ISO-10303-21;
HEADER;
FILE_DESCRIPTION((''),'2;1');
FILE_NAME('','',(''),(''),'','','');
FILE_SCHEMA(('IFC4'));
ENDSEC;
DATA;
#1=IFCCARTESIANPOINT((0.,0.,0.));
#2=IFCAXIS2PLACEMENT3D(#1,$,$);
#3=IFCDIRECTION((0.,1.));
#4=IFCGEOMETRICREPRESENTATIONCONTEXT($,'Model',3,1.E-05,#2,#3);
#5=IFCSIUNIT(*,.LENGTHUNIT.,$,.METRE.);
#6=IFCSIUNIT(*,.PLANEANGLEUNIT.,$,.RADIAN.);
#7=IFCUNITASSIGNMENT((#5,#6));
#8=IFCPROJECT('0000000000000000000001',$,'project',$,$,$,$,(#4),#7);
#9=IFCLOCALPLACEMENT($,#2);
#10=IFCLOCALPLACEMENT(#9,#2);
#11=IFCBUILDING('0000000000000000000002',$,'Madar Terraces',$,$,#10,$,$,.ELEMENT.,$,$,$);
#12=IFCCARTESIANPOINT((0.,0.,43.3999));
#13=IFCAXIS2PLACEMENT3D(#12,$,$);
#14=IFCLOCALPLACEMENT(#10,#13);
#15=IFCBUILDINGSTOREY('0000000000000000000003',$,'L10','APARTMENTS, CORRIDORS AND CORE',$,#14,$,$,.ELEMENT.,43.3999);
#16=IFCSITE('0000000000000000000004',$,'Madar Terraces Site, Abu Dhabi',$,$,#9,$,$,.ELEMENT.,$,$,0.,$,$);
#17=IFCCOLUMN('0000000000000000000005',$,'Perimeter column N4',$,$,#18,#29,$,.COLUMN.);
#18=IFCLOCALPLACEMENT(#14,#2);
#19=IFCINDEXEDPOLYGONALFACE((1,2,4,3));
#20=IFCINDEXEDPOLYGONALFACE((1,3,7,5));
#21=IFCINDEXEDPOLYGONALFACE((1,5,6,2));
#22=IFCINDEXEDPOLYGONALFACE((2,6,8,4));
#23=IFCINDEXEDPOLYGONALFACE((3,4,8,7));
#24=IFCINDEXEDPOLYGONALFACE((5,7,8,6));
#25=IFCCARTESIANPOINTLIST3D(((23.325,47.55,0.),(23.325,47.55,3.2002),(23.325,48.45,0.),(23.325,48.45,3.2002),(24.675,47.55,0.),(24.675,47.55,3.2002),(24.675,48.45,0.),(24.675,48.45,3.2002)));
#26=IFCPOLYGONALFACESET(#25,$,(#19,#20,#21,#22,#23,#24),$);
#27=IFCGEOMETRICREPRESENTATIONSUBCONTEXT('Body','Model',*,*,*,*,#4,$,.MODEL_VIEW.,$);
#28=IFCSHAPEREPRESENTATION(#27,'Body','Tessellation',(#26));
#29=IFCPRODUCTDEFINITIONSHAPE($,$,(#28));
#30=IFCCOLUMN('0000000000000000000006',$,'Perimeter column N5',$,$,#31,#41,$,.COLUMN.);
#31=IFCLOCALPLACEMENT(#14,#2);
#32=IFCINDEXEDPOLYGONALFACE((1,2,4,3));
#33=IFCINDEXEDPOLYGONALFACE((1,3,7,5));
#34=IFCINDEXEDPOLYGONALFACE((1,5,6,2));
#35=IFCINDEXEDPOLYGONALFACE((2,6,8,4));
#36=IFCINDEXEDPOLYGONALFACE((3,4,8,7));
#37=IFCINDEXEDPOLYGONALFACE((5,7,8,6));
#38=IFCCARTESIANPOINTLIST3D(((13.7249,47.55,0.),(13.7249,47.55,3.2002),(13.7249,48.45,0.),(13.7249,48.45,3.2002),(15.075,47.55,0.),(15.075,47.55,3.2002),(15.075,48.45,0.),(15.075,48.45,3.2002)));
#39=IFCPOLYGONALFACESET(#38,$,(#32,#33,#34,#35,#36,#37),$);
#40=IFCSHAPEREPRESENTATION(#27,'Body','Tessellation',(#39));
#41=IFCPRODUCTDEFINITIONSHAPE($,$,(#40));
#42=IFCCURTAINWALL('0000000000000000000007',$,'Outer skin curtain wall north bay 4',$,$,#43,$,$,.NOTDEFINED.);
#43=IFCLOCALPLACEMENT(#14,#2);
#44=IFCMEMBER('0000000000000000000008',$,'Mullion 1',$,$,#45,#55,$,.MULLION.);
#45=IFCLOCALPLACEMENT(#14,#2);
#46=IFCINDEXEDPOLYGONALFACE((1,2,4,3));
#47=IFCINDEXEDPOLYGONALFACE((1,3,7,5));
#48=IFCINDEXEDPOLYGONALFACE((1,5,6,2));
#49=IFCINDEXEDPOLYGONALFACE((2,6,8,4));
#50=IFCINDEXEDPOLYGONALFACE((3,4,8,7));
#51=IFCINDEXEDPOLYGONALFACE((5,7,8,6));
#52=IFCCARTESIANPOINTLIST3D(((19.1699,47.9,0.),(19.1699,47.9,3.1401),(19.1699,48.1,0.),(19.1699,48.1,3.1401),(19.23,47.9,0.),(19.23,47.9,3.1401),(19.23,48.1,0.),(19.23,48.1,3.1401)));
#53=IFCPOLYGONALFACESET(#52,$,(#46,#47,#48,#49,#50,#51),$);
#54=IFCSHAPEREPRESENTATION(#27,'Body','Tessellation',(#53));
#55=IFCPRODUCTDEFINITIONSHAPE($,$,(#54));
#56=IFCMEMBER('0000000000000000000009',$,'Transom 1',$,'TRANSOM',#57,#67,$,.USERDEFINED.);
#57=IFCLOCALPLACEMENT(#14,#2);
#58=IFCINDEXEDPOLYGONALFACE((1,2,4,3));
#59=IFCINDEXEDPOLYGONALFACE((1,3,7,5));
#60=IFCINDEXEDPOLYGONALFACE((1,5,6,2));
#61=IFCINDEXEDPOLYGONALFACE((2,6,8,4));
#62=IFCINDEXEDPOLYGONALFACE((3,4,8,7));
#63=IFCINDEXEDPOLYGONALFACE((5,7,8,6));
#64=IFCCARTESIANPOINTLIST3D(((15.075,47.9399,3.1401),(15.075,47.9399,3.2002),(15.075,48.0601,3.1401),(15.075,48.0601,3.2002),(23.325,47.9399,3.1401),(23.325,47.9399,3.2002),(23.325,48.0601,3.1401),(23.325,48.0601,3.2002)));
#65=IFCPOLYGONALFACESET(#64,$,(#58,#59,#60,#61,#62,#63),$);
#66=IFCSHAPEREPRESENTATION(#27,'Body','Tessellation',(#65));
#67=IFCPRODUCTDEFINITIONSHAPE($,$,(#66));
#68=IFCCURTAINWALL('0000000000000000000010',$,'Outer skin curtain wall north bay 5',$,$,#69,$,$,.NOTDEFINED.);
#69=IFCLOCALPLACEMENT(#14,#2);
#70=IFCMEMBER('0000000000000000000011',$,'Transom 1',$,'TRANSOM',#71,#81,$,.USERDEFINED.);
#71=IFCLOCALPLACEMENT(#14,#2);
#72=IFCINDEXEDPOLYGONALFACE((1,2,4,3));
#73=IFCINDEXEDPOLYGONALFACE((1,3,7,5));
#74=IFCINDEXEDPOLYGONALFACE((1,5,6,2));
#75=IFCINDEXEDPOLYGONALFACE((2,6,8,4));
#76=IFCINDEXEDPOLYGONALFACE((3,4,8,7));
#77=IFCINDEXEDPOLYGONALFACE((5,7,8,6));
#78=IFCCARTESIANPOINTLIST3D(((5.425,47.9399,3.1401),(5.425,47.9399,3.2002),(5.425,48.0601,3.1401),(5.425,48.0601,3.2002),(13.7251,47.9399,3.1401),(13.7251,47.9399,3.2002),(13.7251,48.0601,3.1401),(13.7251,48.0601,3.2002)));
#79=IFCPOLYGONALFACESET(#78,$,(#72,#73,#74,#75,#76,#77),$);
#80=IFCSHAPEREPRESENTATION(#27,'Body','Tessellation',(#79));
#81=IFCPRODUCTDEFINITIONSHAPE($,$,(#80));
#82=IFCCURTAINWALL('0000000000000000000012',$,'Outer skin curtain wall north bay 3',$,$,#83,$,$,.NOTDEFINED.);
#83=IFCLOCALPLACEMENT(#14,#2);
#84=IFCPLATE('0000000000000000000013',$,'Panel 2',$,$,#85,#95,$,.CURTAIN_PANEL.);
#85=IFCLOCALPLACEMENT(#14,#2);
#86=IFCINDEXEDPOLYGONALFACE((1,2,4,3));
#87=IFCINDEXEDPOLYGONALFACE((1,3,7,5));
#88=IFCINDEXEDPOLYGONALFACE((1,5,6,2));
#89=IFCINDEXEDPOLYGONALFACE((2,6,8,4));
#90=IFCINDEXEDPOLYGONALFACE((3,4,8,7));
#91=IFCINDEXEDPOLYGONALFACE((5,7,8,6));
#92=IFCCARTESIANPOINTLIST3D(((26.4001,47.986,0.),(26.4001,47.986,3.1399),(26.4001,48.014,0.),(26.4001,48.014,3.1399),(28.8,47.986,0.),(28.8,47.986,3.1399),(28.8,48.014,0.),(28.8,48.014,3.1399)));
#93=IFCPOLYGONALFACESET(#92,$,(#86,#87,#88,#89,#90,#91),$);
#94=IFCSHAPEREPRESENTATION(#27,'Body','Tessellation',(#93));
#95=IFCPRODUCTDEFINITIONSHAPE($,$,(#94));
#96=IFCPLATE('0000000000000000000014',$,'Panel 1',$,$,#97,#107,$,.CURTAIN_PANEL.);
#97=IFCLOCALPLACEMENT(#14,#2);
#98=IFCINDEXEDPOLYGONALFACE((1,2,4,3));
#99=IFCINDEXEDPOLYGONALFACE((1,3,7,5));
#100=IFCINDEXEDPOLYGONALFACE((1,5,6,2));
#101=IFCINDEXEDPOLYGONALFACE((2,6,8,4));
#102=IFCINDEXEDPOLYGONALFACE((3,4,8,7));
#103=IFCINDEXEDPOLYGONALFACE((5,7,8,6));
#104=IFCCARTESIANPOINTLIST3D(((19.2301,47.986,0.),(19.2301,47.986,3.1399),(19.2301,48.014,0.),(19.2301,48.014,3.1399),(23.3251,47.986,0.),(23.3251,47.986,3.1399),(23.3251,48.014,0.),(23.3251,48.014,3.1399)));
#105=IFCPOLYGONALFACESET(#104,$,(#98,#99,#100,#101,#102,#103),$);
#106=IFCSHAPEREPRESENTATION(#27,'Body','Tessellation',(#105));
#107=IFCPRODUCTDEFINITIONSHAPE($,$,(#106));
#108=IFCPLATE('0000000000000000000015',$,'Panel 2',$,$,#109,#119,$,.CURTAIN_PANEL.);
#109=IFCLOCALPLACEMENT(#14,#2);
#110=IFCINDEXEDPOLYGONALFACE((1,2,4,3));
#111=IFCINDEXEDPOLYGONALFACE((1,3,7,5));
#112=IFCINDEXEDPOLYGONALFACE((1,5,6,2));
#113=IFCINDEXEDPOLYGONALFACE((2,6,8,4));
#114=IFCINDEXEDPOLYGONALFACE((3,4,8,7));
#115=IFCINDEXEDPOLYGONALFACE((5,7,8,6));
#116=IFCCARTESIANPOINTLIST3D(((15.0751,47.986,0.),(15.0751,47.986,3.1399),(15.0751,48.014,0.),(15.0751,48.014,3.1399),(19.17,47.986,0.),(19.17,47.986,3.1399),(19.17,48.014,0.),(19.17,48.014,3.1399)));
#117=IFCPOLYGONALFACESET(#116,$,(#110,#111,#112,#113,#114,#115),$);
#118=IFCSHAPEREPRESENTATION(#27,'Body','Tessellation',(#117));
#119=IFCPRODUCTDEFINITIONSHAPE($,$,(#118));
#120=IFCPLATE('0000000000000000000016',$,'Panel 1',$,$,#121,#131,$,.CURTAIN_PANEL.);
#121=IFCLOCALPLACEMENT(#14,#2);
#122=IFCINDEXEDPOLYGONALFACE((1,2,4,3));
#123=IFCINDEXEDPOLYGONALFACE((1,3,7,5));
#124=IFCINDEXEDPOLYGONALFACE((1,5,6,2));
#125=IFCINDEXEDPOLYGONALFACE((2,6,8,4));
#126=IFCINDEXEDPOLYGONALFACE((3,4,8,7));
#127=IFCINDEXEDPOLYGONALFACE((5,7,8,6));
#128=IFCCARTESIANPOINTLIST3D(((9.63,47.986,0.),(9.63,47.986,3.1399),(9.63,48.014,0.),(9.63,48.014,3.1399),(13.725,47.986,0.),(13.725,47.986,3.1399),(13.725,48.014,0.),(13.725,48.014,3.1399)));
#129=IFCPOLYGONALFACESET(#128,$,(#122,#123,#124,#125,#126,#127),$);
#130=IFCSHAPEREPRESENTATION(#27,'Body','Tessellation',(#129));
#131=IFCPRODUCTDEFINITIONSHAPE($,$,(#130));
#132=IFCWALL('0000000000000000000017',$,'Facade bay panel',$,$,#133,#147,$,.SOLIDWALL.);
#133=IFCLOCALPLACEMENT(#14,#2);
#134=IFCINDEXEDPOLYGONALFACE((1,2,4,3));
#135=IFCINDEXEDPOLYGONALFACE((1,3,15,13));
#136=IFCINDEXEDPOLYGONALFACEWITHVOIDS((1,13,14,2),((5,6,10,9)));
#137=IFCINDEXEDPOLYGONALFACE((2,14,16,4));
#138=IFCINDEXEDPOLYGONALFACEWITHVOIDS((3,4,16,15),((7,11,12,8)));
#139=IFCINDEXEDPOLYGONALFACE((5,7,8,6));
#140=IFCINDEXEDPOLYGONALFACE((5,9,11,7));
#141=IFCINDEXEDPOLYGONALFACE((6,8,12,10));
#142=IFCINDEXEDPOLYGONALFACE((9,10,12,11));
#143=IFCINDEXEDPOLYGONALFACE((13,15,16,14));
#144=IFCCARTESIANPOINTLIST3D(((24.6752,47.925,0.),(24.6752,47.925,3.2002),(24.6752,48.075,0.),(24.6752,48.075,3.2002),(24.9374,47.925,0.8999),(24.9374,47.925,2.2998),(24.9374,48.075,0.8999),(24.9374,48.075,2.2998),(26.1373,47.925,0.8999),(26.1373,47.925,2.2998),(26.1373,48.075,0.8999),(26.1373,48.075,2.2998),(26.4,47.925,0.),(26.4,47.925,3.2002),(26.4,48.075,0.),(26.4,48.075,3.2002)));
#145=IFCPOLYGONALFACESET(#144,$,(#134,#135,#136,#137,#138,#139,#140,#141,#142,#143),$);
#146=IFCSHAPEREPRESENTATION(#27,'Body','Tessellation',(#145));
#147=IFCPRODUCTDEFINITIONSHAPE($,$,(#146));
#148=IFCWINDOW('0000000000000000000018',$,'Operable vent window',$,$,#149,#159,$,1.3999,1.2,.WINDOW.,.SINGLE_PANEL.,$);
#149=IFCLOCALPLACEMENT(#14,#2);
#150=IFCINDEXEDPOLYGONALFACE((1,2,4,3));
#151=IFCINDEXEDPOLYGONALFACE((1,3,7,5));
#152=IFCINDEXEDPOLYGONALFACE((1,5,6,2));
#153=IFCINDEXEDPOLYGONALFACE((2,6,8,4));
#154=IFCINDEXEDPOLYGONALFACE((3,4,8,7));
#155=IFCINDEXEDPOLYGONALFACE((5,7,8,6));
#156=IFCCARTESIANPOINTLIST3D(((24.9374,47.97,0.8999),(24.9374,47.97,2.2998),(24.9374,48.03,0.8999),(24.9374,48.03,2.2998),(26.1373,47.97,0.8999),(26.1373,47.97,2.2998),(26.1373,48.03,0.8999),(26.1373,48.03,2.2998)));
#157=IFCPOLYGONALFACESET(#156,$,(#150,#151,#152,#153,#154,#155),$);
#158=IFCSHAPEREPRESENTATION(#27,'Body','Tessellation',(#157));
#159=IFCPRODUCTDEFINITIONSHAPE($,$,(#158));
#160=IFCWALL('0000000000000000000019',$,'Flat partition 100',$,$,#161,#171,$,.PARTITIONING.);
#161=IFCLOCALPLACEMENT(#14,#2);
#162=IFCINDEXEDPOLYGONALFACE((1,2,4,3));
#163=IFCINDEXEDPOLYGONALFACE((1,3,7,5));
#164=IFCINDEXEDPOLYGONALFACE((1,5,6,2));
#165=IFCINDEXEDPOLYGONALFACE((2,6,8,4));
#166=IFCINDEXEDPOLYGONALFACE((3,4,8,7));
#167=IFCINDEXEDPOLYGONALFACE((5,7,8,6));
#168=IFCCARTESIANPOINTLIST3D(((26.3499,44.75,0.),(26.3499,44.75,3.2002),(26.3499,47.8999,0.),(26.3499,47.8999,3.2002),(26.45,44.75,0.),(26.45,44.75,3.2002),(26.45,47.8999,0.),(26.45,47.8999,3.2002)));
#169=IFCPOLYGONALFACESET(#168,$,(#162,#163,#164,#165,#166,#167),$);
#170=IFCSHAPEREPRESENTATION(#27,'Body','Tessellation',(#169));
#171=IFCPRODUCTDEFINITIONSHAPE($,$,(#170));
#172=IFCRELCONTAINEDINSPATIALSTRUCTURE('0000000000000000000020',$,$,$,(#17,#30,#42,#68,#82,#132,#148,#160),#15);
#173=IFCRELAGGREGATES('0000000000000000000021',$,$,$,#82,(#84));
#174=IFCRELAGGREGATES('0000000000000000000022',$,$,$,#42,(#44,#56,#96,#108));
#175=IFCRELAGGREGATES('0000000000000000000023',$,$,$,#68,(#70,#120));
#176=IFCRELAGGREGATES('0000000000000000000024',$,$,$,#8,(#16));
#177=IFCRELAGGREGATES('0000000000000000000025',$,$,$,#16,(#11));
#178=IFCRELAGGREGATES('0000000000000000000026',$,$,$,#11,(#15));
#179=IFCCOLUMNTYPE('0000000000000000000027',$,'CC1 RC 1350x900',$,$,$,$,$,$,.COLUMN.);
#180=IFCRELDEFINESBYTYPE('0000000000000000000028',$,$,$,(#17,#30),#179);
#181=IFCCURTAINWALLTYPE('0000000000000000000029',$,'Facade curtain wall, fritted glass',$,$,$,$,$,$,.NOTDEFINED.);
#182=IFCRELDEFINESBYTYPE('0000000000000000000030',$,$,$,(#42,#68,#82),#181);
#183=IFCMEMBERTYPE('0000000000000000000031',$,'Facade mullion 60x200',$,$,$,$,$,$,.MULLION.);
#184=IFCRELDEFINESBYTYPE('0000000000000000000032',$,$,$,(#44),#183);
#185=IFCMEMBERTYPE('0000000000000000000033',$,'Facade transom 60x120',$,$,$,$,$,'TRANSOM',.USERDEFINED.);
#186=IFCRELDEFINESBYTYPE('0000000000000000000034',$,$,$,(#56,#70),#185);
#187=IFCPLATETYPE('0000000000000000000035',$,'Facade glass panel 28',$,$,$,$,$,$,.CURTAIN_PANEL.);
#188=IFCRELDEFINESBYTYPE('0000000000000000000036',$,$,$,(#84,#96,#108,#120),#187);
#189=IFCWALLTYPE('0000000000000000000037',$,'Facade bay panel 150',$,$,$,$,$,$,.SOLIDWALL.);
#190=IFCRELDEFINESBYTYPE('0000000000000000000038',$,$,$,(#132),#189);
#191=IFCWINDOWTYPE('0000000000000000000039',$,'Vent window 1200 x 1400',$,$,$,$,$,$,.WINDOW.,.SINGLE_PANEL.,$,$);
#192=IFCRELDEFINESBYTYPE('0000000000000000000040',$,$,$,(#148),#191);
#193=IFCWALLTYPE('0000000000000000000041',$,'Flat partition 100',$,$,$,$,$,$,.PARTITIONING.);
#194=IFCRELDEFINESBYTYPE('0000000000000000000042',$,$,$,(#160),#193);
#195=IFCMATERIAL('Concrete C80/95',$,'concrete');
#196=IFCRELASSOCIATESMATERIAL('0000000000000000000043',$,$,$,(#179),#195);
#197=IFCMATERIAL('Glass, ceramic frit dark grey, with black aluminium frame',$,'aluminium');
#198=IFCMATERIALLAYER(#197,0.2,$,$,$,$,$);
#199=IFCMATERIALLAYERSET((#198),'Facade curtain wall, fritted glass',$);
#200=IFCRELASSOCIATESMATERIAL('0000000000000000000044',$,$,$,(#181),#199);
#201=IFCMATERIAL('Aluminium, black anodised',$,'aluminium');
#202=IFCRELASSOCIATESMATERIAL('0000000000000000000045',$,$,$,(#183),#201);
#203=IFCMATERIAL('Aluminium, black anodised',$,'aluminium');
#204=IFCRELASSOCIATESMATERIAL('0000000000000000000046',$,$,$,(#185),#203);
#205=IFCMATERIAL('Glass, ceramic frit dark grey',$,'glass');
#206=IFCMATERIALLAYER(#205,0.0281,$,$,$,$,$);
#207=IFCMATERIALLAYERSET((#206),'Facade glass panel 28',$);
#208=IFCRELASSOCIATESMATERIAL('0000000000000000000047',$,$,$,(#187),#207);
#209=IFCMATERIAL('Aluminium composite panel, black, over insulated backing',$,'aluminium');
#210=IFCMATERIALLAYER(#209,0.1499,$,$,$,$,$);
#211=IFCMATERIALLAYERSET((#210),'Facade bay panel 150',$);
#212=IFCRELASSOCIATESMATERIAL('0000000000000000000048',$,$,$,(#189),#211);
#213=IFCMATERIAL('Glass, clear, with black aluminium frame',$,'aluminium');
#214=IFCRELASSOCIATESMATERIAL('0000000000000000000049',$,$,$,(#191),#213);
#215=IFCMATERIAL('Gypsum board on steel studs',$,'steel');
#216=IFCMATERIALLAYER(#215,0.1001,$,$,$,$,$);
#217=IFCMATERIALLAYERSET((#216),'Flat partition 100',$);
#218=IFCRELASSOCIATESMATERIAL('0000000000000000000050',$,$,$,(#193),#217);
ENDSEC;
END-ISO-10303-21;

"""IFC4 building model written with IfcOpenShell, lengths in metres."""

from ifc_helpers import new_model, si_unit, direction, frame, frame_2d, origin, origin_2d, place, context, subcontext, project, spatial, rectangle, extrude, material, layer, layer_set, material_profile, profile_set, type_object, element, fill, aggregate, save


model = new_model("IFC4")

# Units and contexts
model_context = context("Model", 3, precision=1e-05, world=origin(), true_north=direction((0.0, 1.0)))
body_context = subcontext(model_context, "Body", "Model", "MODEL_VIEW")
ifc_project = project(units=[si_unit("LENGTHUNIT", "METRE"), si_unit("PLANEANGLEUNIT", "RADIAN")], contexts=[model_context])

# Site, building, storey
site_placement = place(None, origin())
site = spatial("IfcSite", under=ifc_project, at=site_placement, Name="Madar Terraces Site, Abu Dhabi", CompositionType="ELEMENT", RefElevation=0.0)
building_placement = place(site_placement, origin())
building = spatial("IfcBuilding", under=site, at=building_placement, Name="Madar Terraces", CompositionType="ELEMENT")
storey_placement = place(building_placement, frame((0.0, 0.0, 43.3999)))
storey = spatial("IfcBuildingStorey", under=building, at=storey_placement, Name="L10", Description="APARTMENTS, CORRIDORS AND CORE", CompositionType="ELEMENT", Elevation=43.3999)

# Columns
ifc_material_1 = material(Name="Concrete C80/95", Category="concrete")
ifc_material_profile_1 = material_profile(ifc_material_1, rectangle(XDim=1.3501, YDim=0.8999, at=origin_2d()), Name="CC1 RC 1350x900")
ifc_profile_set_1 = profile_set([ifc_material_profile_1], Name="Concrete C80/95")
column_type = type_object("IfcColumnType", Name="CC1 RC 1350x900", PredefinedType="COLUMN", material=ifc_profile_set_1)
for number, where, z_axis, x_axis, name in (
    (1, (24.0, 48.0, 0.0), (0.0, 0.0, 1.0), (1.0, 0.0, 0.0), "Perimeter column N4"),
    (2, (14.3999, 48.0, 0.0), (0.0, 0.0, 1.0), (1.0, 0.0, 0.0), "Perimeter column N5"),
):
    element("IfcColumn", number, at=place(storey_placement, frame(where, z_axis=z_axis, x_axis=x_axis)), inside=storey, type_object=column_type, Name=name, PredefinedType="COLUMN", context=body_context, shape_type="SweptSolid", body=[
        extrude(rectangle(XDim=1.3501, YDim=0.8999, at=origin_2d()), origin(), (0.0, 0.0, 1.0), 3.2002),
    ])

# Curtain wall, members
ifc_material_2 = material(Name="Glass, ceramic frit dark grey, with black aluminium frame", Category="aluminium")
ifc_layer_1 = layer(ifc_material_2, 0.2)
ifc_layer_set_1 = layer_set([ifc_layer_1], Name="Facade curtain wall, fritted glass")
curtain_wall_type = type_object("IfcCurtainWallType", Name="Facade curtain wall, fritted glass", PredefinedType="NOTDEFINED", material=ifc_layer_set_1)
curtain_wall_1_placement = place(storey_placement, origin())
curtain_wall_1 = element("IfcCurtainWall", 3, at=curtain_wall_1_placement, inside=storey, type_object=curtain_wall_type, Name="Outer skin curtain wall north bay 4", PredefinedType="NOTDEFINED")
ifc_material_3 = material(Name="Aluminium, black anodised", Category="aluminium")
ifc_material_profile_2 = material_profile(ifc_material_3, rectangle(XDim=0.2, YDim=0.0601, at=origin_2d()), Name="Facade mullion 60x200")
ifc_profile_set_2 = profile_set([ifc_material_profile_2], Name="Aluminium, black anodised")
member_type_1 = type_object("IfcMemberType", Name="Facade mullion 60x200", PredefinedType="MULLION", material=ifc_profile_set_2)
member_1_placement = place(storey_placement, frame((19.2, 48.0, 0.0), z_axis=(0.0, 0.0, 1.0), x_axis=(0.0, -1.0, 0.0)))
member_1 = element("IfcMember", 4, at=member_1_placement, type_object=member_type_1, Name="Mullion 1", PredefinedType="MULLION", context=body_context, shape_type="SweptSolid", body=[
    extrude(rectangle(XDim=0.2, YDim=0.0601, at=origin_2d()), origin(), (0.0, 0.0, 1.0), 3.1401),
])
ifc_material_4 = material(Name="Aluminium, black anodised", Category="aluminium")
ifc_material_profile_3 = material_profile(ifc_material_4, rectangle(XDim=0.1201, YDim=0.0601, at=origin_2d()), Name="Facade transom 60x120")
ifc_profile_set_3 = profile_set([ifc_material_profile_3], Name="Aluminium, black anodised")
member_type_2 = type_object("IfcMemberType", Name="Facade transom 60x120", ElementType="TRANSOM", PredefinedType="USERDEFINED", material=ifc_profile_set_3)
member_2_placement = place(storey_placement, frame((23.325, 48.0, 3.1702), z_axis=(-1.0, 0.0, 0.0), x_axis=(0.0, -1.0, 0.0)))
member_2 = element("IfcMember", 5, at=member_2_placement, type_object=member_type_2, Name="Transom 1", ObjectType="TRANSOM", PredefinedType="USERDEFINED", context=body_context, shape_type="SweptSolid", body=[
    extrude(rectangle(XDim=0.1201, YDim=0.0601, at=origin_2d()), origin(), (0.0, 0.0, 1.0), 8.25),
])

# Curtain wall, member
curtain_wall_2_placement = place(storey_placement, origin())
curtain_wall_2 = element("IfcCurtainWall", 6, at=curtain_wall_2_placement, inside=storey, type_object=curtain_wall_type, Name="Outer skin curtain wall north bay 5", PredefinedType="NOTDEFINED")
member_3_placement = place(storey_placement, frame((13.7251, 48.0, 3.1702), z_axis=(-1.0, 0.0, 0.0), x_axis=(0.0, -1.0, 0.0)))
member_3 = element("IfcMember", 7, at=member_3_placement, type_object=member_type_2, Name="Transom 1", ObjectType="TRANSOM", PredefinedType="USERDEFINED", context=body_context, shape_type="SweptSolid", body=[
    extrude(rectangle(XDim=0.1201, YDim=0.0601, at=origin_2d()), origin(), (0.0, 0.0, 1.0), 8.3),
])

# Curtain wall, plate
curtain_wall_3_placement = place(storey_placement, origin())
curtain_wall_3 = element("IfcCurtainWall", 8, at=curtain_wall_3_placement, inside=storey, type_object=curtain_wall_type, Name="Outer skin curtain wall north bay 3", PredefinedType="NOTDEFINED")
ifc_material_5 = material(Name="Glass, ceramic frit dark grey", Category="glass")
ifc_layer_2 = layer(ifc_material_5, 0.0281)
ifc_layer_set_2 = layer_set([ifc_layer_2], Name="Facade glass panel 28")
plate_type = type_object("IfcPlateType", Name="Facade glass panel 28", PredefinedType="CURTAIN_PANEL", material=ifc_layer_set_2)
plate_1_placement = place(storey_placement, frame((27.6001, 48.0, 0.0), z_axis=(0.0, 0.0, 1.0), x_axis=(-1.0, 0.0, 0.0)))
plate_1 = element("IfcPlate", 9, at=plate_1_placement, type_object=plate_type, Name="Panel 2", PredefinedType="CURTAIN_PANEL", context=body_context, shape_type="SweptSolid", body=[
    extrude(rectangle(XDim=2.3999, YDim=0.0281, at=origin_2d()), origin(), (0.0, 0.0, 1.0), 3.1399),
])
aggregate(curtain_wall_3, [plate_1])

# Plates
plate_2_placement = place(storey_placement, frame((21.2776, 48.0, 0.0), z_axis=(0.0, 0.0, 1.0), x_axis=(-1.0, 0.0, 0.0)))
plate_2 = element("IfcPlate", 10, at=plate_2_placement, type_object=plate_type, Name="Panel 1", PredefinedType="CURTAIN_PANEL", context=body_context, shape_type="SweptSolid", body=[
    extrude(rectangle(XDim=4.095, YDim=0.0281, at=origin_2d()), origin(), (0.0, 0.0, 1.0), 3.1399),
])
plate_3_placement = place(storey_placement, frame((17.1226, 48.0, 0.0), z_axis=(0.0, 0.0, 1.0), x_axis=(-1.0, 0.0, 0.0)))
plate_3 = element("IfcPlate", 11, at=plate_3_placement, type_object=plate_type, Name="Panel 2", PredefinedType="CURTAIN_PANEL", context=body_context, shape_type="SweptSolid", body=[
    extrude(rectangle(XDim=4.095, YDim=0.0281, at=origin_2d()), origin(), (0.0, 0.0, 1.0), 3.1399),
])
aggregate(curtain_wall_1, [member_1, member_2, plate_2, plate_3])
plate_4_placement = place(storey_placement, frame((11.6775, 48.0, 0.0), z_axis=(0.0, 0.0, 1.0), x_axis=(-1.0, 0.0, 0.0)))
plate_4 = element("IfcPlate", 12, at=plate_4_placement, type_object=plate_type, Name="Panel 1", PredefinedType="CURTAIN_PANEL", context=body_context, shape_type="SweptSolid", body=[
    extrude(rectangle(XDim=4.095, YDim=0.0281, at=origin_2d()), origin(), (0.0, 0.0, 1.0), 3.1399),
])
aggregate(curtain_wall_2, [member_3, plate_4])

# Wall, opening, window
ifc_material_6 = material(Name="Aluminium composite panel, black, over insulated backing", Category="aluminium")
ifc_layer_3 = layer(ifc_material_6, 0.1499)
ifc_layer_set_3 = layer_set([ifc_layer_3], Name="Facade bay panel 150")
wall_type_1 = type_object("IfcWallType", Name="Facade bay panel 150", PredefinedType="SOLIDWALL", material=ifc_layer_set_3)
wall_1_placement = place(storey_placement, frame((26.3999, 48.0, 0.0), z_axis=(0.0, 0.0, 1.0), x_axis=(-1.0, 0.0, 0.0)))
wall_1 = element("IfcWall", 13, at=wall_1_placement, inside=storey, type_object=wall_type_1, Name="Facade bay panel", PredefinedType="SOLIDWALL", context=body_context, shape_type="SweptSolid", body=[
    extrude(rectangle(XDim=1.7249, YDim=0.1499, at=frame_2d((0.8623, 0.0))), origin(), (0.0, 0.0, 1.0), 3.2002),
])
opening_1_placement = place(wall_1_placement, frame((0.2625, 0.0, 0.8999)))
opening_1 = element("IfcOpeningElement", 14, at=opening_1_placement, cuts=wall_1, PredefinedType="OPENING", context=body_context, shape_type="SweptSolid", body=[
    extrude(rectangle(XDim=1.2, YDim=1.3999, at=frame_2d((0.6001, 0.7))), frame((0.0, 0.085, 0.0), z_axis=(0.0, -1.0, 0.0), x_axis=(1.0, 0.0, 0.0)), (0.0, 0.0, 1.0), 0.1699),
])
ifc_material_7 = material(Name="Glass, clear, with black aluminium frame", Category="aluminium")
window_type = type_object("IfcWindowType", Name="Vent window 1200 x 1400", PartitioningType="SINGLE_PANEL", PredefinedType="WINDOW", material=ifc_material_7)
window_placement = place(opening_1_placement, origin())
window = element("IfcWindow", 15, at=window_placement, inside=storey, type_object=window_type, Name="Operable vent window", OverallHeight=1.3999, OverallWidth=1.2, PartitioningType="SINGLE_PANEL", PredefinedType="WINDOW", context=body_context, shape_type="SweptSolid", body=[
    extrude(rectangle(XDim=1.2, YDim=1.3999, at=frame_2d((0.6001, 0.7))), frame((0.0, 0.03, 0.0), z_axis=(0.0, -1.0, 0.0), x_axis=(1.0, 0.0, 0.0)), (0.0, 0.0, 1.0), 0.0601),
])
fill(opening_1, window)

# Wall
ifc_material_8 = material(Name="Gypsum board on steel studs", Category="steel")
ifc_layer_4 = layer(ifc_material_8, 0.1001)
ifc_layer_set_4 = layer_set([ifc_layer_4], Name="Flat partition 100")
wall_type_2 = type_object("IfcWallType", Name="Flat partition 100", PredefinedType="PARTITIONING", material=ifc_layer_set_4)
wall_2_placement = place(storey_placement, frame((26.3999, 44.75, 0.0), z_axis=(0.0, 0.0, 1.0), x_axis=(0.0, 1.0, 0.0)))
element("IfcWall", 16, at=wall_2_placement, inside=storey, type_object=wall_type_2, Name="Flat partition 100", PredefinedType="PARTITIONING", context=body_context, shape_type="SweptSolid", body=[
    extrude(rectangle(XDim=3.1499, YDim=0.1001, at=frame_2d((1.575, 0.0))), origin(), (0.0, 0.0, 1.0), 3.2002),
])

save(model, "model.ifc")
